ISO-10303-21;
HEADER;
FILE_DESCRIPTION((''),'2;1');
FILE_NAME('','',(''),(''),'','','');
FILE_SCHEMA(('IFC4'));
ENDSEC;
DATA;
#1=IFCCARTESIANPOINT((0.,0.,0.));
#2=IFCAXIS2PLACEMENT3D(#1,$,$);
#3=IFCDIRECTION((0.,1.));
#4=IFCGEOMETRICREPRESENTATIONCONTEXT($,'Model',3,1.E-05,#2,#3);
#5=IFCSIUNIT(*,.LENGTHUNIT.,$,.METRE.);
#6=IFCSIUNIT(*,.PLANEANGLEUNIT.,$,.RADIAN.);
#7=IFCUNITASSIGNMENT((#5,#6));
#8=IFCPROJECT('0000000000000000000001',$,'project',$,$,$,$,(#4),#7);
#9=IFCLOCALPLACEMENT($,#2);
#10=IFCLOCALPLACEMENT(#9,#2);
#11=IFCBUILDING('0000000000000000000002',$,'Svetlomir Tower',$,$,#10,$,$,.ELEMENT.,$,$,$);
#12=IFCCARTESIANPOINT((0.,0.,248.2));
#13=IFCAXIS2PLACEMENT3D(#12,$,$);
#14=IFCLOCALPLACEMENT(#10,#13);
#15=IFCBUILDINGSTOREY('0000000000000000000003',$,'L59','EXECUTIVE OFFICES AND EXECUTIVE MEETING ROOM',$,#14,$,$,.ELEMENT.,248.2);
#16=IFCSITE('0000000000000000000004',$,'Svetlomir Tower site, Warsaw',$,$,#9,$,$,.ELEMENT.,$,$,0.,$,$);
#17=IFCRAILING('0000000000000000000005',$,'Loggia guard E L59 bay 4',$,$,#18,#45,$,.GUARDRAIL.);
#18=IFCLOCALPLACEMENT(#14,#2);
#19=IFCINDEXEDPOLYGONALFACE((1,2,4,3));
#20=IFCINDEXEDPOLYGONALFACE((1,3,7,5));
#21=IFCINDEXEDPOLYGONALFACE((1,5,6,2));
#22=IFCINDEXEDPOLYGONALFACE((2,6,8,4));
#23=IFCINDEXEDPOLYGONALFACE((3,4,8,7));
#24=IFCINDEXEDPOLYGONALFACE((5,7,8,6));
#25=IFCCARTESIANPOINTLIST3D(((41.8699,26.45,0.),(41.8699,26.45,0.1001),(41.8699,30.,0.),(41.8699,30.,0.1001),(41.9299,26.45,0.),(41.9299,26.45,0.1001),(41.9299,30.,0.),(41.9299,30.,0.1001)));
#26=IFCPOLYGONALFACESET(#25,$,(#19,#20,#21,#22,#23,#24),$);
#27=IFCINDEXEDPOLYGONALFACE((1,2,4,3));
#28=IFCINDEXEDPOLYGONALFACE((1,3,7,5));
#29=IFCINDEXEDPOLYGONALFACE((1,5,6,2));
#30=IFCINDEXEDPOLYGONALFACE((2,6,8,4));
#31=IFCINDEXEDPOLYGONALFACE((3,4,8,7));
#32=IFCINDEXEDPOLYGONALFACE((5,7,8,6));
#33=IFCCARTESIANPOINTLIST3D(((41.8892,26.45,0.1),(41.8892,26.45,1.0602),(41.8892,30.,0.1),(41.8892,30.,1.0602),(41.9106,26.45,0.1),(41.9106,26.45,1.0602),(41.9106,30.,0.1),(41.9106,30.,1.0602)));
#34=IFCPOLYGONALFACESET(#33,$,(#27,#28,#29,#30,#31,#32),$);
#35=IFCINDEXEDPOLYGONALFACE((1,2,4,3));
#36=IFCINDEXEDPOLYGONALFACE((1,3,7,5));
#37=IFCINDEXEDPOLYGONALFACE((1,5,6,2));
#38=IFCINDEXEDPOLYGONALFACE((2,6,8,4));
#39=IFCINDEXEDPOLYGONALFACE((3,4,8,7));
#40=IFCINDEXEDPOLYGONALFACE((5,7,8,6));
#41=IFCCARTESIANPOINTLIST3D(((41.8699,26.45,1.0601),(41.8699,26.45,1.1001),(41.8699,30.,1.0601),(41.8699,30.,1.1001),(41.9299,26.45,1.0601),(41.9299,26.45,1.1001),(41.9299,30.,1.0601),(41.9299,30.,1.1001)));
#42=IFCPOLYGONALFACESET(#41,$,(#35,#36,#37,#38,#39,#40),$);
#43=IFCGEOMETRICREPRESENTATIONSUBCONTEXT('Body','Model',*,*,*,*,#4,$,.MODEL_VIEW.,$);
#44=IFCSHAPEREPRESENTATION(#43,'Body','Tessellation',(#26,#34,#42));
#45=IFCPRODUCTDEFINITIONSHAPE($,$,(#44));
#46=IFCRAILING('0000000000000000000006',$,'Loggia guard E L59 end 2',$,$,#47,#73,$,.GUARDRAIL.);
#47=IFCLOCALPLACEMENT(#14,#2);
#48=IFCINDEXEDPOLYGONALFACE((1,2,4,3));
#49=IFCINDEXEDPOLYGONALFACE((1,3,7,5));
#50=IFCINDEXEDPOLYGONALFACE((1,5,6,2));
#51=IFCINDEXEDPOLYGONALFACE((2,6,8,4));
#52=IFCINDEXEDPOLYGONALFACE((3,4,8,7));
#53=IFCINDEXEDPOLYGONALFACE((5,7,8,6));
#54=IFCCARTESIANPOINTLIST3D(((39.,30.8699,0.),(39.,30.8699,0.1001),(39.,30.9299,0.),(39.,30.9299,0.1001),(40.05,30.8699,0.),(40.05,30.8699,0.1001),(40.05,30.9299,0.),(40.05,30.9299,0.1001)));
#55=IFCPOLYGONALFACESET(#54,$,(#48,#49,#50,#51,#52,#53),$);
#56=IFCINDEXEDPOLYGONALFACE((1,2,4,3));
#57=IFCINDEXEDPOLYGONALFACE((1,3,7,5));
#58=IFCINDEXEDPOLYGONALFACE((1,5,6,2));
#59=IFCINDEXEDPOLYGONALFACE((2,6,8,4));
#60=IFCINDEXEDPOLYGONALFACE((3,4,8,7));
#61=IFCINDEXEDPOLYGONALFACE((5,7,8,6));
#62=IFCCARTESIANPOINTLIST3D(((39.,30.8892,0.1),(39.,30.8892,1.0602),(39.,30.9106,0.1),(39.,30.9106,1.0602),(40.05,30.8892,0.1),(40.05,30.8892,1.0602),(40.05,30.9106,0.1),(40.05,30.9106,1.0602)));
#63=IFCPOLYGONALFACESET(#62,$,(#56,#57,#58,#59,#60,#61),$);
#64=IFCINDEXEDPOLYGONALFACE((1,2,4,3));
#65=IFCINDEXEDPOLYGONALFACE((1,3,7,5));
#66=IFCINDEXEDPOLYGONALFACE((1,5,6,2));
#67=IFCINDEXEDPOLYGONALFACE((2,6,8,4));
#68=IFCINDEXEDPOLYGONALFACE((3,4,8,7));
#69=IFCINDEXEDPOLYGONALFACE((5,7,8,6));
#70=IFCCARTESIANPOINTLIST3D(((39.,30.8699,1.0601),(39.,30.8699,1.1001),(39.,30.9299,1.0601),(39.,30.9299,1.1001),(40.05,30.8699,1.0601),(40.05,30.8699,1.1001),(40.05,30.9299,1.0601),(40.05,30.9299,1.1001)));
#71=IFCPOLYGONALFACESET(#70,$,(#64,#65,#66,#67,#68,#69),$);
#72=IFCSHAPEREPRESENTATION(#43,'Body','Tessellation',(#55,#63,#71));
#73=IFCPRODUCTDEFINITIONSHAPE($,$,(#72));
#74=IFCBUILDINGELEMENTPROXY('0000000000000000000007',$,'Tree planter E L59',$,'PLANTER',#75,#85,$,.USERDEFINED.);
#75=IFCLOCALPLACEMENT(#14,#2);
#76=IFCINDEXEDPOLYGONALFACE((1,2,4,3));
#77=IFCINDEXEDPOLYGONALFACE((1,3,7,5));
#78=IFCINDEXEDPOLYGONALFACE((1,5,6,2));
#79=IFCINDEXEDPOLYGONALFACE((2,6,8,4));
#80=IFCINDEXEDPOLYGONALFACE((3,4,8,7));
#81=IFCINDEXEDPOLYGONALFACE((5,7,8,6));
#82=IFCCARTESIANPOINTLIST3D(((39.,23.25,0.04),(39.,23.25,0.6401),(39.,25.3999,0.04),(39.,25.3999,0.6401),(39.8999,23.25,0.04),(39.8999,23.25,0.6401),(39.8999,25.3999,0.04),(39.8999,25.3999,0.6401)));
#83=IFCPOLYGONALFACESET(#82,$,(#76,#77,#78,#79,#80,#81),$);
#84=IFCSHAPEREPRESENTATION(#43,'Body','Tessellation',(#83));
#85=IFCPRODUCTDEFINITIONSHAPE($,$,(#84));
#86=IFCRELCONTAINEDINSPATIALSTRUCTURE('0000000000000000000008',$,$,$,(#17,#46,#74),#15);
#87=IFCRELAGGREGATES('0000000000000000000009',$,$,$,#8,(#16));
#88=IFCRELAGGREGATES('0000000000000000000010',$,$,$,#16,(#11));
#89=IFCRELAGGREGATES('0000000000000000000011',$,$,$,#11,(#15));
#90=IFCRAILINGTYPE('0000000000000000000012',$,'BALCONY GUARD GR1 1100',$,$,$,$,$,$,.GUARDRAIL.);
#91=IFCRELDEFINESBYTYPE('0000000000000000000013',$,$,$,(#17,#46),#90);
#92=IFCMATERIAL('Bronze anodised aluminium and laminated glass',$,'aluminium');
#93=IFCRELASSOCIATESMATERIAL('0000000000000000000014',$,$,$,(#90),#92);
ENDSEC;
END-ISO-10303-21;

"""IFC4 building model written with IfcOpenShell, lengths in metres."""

from ifc_helpers import new_model, si_unit, direction, frame, origin, origin_2d, place, context, subcontext, project, spatial, rectangle, extrude, material, type_object, element, save


model = new_model("IFC4")

# Units and contexts
model_context = context("Model", 3, precision=1e-05, world=origin(), true_north=direction((0.0, 1.0)))
body_context = subcontext(model_context, "Body", "Model", "MODEL_VIEW")
ifc_project = project(units=[si_unit("LENGTHUNIT", "METRE"), si_unit("PLANEANGLEUNIT", "RADIAN")], contexts=[model_context])

# Site, building, storey
site_placement = place(None, origin())
site = spatial("IfcSite", under=ifc_project, at=site_placement, Name="Svetlomir Tower site, Warsaw", CompositionType="ELEMENT", RefElevation=0.0)
building_placement = place(site_placement, origin())
building = spatial("IfcBuilding", under=site, at=building_placement, Name="Svetlomir Tower", CompositionType="ELEMENT")
storey_placement = place(building_placement, frame((0.0, 0.0, 248.2)))
storey = spatial("IfcBuildingStorey", under=building, at=storey_placement, Name="L59", Description="EXECUTIVE OFFICES AND EXECUTIVE MEETING ROOM", CompositionType="ELEMENT", Elevation=248.2)

# Railings
ifc_material_1 = material(Name="Bronze anodised aluminium and laminated glass", Category="aluminium")
railing_type = type_object("IfcRailingType", Name="BALCONY GUARD GR1 1100", PredefinedType="GUARDRAIL", material=ifc_material_1)
for number, where, name in (
    (1, (41.8999, 26.45, 0.0), "Loggia guard E L59 bay 4"),
):
    element("IfcRailing", number, at=place(storey_placement, frame(where)), inside=storey, type_object=railing_type, Name=name, PredefinedType="GUARDRAIL", context=body_context, shape_type="SweptSolid", body=[
        extrude(rectangle(XDim=0.0601, YDim=0.1001, at=origin_2d()), frame((0.0, 0.0, 0.05), z_axis=(0.0, 1.0, 0.0), x_axis=(-1.0, 0.0, 0.0)), (0.0, 0.0, 1.0), 3.55),
        extrude(rectangle(XDim=0.0215, YDim=0.9602, at=origin_2d()), frame((0.0, 0.0, 0.5801), z_axis=(0.0, 1.0, 0.0), x_axis=(-1.0, 0.0, 0.0)), (0.0, 0.0, 1.0), 3.55),
        extrude(rectangle(XDim=0.0601, YDim=0.04, at=origin_2d()), frame((0.0, 0.0, 1.0801), z_axis=(0.0, 1.0, 0.0), x_axis=(-1.0, 0.0, 0.0)), (0.0, 0.0, 1.0), 3.55),
    ])
railing_placement = place(storey_placement, frame((40.05, 30.8999, 0.0)))
element("IfcRailing", 2, at=railing_placement, inside=storey, type_object=railing_type, Name="Loggia guard E L59 end 2", PredefinedType="GUARDRAIL", context=body_context, shape_type="SweptSolid", body=[
    extrude(rectangle(XDim=0.0601, YDim=0.1001, at=origin_2d()), frame((0.0, 0.0, 0.05), z_axis=(-1.0, 0.0, 0.0), x_axis=(0.0, -1.0, 0.0)), (0.0, 0.0, 1.0), 1.05),
    extrude(rectangle(XDim=0.0215, YDim=0.9602, at=origin_2d()), frame((0.0, 0.0, 0.5801), z_axis=(-1.0, 0.0, 0.0), x_axis=(0.0, -1.0, 0.0)), (0.0, 0.0, 1.0), 1.05),
    extrude(rectangle(XDim=0.0601, YDim=0.04, at=origin_2d()), frame((0.0, 0.0, 1.0801), z_axis=(-1.0, 0.0, 0.0), x_axis=(0.0, -1.0, 0.0)), (0.0, 0.0, 1.0), 1.05),
])

# Building element proxy
proxy_placement = place(storey_placement, frame((39.45, 24.325, 0.04), z_axis=(0.0, 0.0, 1.0), x_axis=(1.0, 0.0, 0.0)))
element("IfcBuildingElementProxy", 3, at=proxy_placement, inside=storey, Name="Tree planter E L59", ObjectType="PLANTER", PredefinedType="USERDEFINED", context=body_context, shape_type="SweptSolid", body=[
    extrude(rectangle(XDim=0.8999, YDim=2.1499, at=origin_2d()), origin(), (0.0, 0.0, 1.0), 0.6001),
])

save(model, "model.ifc")
